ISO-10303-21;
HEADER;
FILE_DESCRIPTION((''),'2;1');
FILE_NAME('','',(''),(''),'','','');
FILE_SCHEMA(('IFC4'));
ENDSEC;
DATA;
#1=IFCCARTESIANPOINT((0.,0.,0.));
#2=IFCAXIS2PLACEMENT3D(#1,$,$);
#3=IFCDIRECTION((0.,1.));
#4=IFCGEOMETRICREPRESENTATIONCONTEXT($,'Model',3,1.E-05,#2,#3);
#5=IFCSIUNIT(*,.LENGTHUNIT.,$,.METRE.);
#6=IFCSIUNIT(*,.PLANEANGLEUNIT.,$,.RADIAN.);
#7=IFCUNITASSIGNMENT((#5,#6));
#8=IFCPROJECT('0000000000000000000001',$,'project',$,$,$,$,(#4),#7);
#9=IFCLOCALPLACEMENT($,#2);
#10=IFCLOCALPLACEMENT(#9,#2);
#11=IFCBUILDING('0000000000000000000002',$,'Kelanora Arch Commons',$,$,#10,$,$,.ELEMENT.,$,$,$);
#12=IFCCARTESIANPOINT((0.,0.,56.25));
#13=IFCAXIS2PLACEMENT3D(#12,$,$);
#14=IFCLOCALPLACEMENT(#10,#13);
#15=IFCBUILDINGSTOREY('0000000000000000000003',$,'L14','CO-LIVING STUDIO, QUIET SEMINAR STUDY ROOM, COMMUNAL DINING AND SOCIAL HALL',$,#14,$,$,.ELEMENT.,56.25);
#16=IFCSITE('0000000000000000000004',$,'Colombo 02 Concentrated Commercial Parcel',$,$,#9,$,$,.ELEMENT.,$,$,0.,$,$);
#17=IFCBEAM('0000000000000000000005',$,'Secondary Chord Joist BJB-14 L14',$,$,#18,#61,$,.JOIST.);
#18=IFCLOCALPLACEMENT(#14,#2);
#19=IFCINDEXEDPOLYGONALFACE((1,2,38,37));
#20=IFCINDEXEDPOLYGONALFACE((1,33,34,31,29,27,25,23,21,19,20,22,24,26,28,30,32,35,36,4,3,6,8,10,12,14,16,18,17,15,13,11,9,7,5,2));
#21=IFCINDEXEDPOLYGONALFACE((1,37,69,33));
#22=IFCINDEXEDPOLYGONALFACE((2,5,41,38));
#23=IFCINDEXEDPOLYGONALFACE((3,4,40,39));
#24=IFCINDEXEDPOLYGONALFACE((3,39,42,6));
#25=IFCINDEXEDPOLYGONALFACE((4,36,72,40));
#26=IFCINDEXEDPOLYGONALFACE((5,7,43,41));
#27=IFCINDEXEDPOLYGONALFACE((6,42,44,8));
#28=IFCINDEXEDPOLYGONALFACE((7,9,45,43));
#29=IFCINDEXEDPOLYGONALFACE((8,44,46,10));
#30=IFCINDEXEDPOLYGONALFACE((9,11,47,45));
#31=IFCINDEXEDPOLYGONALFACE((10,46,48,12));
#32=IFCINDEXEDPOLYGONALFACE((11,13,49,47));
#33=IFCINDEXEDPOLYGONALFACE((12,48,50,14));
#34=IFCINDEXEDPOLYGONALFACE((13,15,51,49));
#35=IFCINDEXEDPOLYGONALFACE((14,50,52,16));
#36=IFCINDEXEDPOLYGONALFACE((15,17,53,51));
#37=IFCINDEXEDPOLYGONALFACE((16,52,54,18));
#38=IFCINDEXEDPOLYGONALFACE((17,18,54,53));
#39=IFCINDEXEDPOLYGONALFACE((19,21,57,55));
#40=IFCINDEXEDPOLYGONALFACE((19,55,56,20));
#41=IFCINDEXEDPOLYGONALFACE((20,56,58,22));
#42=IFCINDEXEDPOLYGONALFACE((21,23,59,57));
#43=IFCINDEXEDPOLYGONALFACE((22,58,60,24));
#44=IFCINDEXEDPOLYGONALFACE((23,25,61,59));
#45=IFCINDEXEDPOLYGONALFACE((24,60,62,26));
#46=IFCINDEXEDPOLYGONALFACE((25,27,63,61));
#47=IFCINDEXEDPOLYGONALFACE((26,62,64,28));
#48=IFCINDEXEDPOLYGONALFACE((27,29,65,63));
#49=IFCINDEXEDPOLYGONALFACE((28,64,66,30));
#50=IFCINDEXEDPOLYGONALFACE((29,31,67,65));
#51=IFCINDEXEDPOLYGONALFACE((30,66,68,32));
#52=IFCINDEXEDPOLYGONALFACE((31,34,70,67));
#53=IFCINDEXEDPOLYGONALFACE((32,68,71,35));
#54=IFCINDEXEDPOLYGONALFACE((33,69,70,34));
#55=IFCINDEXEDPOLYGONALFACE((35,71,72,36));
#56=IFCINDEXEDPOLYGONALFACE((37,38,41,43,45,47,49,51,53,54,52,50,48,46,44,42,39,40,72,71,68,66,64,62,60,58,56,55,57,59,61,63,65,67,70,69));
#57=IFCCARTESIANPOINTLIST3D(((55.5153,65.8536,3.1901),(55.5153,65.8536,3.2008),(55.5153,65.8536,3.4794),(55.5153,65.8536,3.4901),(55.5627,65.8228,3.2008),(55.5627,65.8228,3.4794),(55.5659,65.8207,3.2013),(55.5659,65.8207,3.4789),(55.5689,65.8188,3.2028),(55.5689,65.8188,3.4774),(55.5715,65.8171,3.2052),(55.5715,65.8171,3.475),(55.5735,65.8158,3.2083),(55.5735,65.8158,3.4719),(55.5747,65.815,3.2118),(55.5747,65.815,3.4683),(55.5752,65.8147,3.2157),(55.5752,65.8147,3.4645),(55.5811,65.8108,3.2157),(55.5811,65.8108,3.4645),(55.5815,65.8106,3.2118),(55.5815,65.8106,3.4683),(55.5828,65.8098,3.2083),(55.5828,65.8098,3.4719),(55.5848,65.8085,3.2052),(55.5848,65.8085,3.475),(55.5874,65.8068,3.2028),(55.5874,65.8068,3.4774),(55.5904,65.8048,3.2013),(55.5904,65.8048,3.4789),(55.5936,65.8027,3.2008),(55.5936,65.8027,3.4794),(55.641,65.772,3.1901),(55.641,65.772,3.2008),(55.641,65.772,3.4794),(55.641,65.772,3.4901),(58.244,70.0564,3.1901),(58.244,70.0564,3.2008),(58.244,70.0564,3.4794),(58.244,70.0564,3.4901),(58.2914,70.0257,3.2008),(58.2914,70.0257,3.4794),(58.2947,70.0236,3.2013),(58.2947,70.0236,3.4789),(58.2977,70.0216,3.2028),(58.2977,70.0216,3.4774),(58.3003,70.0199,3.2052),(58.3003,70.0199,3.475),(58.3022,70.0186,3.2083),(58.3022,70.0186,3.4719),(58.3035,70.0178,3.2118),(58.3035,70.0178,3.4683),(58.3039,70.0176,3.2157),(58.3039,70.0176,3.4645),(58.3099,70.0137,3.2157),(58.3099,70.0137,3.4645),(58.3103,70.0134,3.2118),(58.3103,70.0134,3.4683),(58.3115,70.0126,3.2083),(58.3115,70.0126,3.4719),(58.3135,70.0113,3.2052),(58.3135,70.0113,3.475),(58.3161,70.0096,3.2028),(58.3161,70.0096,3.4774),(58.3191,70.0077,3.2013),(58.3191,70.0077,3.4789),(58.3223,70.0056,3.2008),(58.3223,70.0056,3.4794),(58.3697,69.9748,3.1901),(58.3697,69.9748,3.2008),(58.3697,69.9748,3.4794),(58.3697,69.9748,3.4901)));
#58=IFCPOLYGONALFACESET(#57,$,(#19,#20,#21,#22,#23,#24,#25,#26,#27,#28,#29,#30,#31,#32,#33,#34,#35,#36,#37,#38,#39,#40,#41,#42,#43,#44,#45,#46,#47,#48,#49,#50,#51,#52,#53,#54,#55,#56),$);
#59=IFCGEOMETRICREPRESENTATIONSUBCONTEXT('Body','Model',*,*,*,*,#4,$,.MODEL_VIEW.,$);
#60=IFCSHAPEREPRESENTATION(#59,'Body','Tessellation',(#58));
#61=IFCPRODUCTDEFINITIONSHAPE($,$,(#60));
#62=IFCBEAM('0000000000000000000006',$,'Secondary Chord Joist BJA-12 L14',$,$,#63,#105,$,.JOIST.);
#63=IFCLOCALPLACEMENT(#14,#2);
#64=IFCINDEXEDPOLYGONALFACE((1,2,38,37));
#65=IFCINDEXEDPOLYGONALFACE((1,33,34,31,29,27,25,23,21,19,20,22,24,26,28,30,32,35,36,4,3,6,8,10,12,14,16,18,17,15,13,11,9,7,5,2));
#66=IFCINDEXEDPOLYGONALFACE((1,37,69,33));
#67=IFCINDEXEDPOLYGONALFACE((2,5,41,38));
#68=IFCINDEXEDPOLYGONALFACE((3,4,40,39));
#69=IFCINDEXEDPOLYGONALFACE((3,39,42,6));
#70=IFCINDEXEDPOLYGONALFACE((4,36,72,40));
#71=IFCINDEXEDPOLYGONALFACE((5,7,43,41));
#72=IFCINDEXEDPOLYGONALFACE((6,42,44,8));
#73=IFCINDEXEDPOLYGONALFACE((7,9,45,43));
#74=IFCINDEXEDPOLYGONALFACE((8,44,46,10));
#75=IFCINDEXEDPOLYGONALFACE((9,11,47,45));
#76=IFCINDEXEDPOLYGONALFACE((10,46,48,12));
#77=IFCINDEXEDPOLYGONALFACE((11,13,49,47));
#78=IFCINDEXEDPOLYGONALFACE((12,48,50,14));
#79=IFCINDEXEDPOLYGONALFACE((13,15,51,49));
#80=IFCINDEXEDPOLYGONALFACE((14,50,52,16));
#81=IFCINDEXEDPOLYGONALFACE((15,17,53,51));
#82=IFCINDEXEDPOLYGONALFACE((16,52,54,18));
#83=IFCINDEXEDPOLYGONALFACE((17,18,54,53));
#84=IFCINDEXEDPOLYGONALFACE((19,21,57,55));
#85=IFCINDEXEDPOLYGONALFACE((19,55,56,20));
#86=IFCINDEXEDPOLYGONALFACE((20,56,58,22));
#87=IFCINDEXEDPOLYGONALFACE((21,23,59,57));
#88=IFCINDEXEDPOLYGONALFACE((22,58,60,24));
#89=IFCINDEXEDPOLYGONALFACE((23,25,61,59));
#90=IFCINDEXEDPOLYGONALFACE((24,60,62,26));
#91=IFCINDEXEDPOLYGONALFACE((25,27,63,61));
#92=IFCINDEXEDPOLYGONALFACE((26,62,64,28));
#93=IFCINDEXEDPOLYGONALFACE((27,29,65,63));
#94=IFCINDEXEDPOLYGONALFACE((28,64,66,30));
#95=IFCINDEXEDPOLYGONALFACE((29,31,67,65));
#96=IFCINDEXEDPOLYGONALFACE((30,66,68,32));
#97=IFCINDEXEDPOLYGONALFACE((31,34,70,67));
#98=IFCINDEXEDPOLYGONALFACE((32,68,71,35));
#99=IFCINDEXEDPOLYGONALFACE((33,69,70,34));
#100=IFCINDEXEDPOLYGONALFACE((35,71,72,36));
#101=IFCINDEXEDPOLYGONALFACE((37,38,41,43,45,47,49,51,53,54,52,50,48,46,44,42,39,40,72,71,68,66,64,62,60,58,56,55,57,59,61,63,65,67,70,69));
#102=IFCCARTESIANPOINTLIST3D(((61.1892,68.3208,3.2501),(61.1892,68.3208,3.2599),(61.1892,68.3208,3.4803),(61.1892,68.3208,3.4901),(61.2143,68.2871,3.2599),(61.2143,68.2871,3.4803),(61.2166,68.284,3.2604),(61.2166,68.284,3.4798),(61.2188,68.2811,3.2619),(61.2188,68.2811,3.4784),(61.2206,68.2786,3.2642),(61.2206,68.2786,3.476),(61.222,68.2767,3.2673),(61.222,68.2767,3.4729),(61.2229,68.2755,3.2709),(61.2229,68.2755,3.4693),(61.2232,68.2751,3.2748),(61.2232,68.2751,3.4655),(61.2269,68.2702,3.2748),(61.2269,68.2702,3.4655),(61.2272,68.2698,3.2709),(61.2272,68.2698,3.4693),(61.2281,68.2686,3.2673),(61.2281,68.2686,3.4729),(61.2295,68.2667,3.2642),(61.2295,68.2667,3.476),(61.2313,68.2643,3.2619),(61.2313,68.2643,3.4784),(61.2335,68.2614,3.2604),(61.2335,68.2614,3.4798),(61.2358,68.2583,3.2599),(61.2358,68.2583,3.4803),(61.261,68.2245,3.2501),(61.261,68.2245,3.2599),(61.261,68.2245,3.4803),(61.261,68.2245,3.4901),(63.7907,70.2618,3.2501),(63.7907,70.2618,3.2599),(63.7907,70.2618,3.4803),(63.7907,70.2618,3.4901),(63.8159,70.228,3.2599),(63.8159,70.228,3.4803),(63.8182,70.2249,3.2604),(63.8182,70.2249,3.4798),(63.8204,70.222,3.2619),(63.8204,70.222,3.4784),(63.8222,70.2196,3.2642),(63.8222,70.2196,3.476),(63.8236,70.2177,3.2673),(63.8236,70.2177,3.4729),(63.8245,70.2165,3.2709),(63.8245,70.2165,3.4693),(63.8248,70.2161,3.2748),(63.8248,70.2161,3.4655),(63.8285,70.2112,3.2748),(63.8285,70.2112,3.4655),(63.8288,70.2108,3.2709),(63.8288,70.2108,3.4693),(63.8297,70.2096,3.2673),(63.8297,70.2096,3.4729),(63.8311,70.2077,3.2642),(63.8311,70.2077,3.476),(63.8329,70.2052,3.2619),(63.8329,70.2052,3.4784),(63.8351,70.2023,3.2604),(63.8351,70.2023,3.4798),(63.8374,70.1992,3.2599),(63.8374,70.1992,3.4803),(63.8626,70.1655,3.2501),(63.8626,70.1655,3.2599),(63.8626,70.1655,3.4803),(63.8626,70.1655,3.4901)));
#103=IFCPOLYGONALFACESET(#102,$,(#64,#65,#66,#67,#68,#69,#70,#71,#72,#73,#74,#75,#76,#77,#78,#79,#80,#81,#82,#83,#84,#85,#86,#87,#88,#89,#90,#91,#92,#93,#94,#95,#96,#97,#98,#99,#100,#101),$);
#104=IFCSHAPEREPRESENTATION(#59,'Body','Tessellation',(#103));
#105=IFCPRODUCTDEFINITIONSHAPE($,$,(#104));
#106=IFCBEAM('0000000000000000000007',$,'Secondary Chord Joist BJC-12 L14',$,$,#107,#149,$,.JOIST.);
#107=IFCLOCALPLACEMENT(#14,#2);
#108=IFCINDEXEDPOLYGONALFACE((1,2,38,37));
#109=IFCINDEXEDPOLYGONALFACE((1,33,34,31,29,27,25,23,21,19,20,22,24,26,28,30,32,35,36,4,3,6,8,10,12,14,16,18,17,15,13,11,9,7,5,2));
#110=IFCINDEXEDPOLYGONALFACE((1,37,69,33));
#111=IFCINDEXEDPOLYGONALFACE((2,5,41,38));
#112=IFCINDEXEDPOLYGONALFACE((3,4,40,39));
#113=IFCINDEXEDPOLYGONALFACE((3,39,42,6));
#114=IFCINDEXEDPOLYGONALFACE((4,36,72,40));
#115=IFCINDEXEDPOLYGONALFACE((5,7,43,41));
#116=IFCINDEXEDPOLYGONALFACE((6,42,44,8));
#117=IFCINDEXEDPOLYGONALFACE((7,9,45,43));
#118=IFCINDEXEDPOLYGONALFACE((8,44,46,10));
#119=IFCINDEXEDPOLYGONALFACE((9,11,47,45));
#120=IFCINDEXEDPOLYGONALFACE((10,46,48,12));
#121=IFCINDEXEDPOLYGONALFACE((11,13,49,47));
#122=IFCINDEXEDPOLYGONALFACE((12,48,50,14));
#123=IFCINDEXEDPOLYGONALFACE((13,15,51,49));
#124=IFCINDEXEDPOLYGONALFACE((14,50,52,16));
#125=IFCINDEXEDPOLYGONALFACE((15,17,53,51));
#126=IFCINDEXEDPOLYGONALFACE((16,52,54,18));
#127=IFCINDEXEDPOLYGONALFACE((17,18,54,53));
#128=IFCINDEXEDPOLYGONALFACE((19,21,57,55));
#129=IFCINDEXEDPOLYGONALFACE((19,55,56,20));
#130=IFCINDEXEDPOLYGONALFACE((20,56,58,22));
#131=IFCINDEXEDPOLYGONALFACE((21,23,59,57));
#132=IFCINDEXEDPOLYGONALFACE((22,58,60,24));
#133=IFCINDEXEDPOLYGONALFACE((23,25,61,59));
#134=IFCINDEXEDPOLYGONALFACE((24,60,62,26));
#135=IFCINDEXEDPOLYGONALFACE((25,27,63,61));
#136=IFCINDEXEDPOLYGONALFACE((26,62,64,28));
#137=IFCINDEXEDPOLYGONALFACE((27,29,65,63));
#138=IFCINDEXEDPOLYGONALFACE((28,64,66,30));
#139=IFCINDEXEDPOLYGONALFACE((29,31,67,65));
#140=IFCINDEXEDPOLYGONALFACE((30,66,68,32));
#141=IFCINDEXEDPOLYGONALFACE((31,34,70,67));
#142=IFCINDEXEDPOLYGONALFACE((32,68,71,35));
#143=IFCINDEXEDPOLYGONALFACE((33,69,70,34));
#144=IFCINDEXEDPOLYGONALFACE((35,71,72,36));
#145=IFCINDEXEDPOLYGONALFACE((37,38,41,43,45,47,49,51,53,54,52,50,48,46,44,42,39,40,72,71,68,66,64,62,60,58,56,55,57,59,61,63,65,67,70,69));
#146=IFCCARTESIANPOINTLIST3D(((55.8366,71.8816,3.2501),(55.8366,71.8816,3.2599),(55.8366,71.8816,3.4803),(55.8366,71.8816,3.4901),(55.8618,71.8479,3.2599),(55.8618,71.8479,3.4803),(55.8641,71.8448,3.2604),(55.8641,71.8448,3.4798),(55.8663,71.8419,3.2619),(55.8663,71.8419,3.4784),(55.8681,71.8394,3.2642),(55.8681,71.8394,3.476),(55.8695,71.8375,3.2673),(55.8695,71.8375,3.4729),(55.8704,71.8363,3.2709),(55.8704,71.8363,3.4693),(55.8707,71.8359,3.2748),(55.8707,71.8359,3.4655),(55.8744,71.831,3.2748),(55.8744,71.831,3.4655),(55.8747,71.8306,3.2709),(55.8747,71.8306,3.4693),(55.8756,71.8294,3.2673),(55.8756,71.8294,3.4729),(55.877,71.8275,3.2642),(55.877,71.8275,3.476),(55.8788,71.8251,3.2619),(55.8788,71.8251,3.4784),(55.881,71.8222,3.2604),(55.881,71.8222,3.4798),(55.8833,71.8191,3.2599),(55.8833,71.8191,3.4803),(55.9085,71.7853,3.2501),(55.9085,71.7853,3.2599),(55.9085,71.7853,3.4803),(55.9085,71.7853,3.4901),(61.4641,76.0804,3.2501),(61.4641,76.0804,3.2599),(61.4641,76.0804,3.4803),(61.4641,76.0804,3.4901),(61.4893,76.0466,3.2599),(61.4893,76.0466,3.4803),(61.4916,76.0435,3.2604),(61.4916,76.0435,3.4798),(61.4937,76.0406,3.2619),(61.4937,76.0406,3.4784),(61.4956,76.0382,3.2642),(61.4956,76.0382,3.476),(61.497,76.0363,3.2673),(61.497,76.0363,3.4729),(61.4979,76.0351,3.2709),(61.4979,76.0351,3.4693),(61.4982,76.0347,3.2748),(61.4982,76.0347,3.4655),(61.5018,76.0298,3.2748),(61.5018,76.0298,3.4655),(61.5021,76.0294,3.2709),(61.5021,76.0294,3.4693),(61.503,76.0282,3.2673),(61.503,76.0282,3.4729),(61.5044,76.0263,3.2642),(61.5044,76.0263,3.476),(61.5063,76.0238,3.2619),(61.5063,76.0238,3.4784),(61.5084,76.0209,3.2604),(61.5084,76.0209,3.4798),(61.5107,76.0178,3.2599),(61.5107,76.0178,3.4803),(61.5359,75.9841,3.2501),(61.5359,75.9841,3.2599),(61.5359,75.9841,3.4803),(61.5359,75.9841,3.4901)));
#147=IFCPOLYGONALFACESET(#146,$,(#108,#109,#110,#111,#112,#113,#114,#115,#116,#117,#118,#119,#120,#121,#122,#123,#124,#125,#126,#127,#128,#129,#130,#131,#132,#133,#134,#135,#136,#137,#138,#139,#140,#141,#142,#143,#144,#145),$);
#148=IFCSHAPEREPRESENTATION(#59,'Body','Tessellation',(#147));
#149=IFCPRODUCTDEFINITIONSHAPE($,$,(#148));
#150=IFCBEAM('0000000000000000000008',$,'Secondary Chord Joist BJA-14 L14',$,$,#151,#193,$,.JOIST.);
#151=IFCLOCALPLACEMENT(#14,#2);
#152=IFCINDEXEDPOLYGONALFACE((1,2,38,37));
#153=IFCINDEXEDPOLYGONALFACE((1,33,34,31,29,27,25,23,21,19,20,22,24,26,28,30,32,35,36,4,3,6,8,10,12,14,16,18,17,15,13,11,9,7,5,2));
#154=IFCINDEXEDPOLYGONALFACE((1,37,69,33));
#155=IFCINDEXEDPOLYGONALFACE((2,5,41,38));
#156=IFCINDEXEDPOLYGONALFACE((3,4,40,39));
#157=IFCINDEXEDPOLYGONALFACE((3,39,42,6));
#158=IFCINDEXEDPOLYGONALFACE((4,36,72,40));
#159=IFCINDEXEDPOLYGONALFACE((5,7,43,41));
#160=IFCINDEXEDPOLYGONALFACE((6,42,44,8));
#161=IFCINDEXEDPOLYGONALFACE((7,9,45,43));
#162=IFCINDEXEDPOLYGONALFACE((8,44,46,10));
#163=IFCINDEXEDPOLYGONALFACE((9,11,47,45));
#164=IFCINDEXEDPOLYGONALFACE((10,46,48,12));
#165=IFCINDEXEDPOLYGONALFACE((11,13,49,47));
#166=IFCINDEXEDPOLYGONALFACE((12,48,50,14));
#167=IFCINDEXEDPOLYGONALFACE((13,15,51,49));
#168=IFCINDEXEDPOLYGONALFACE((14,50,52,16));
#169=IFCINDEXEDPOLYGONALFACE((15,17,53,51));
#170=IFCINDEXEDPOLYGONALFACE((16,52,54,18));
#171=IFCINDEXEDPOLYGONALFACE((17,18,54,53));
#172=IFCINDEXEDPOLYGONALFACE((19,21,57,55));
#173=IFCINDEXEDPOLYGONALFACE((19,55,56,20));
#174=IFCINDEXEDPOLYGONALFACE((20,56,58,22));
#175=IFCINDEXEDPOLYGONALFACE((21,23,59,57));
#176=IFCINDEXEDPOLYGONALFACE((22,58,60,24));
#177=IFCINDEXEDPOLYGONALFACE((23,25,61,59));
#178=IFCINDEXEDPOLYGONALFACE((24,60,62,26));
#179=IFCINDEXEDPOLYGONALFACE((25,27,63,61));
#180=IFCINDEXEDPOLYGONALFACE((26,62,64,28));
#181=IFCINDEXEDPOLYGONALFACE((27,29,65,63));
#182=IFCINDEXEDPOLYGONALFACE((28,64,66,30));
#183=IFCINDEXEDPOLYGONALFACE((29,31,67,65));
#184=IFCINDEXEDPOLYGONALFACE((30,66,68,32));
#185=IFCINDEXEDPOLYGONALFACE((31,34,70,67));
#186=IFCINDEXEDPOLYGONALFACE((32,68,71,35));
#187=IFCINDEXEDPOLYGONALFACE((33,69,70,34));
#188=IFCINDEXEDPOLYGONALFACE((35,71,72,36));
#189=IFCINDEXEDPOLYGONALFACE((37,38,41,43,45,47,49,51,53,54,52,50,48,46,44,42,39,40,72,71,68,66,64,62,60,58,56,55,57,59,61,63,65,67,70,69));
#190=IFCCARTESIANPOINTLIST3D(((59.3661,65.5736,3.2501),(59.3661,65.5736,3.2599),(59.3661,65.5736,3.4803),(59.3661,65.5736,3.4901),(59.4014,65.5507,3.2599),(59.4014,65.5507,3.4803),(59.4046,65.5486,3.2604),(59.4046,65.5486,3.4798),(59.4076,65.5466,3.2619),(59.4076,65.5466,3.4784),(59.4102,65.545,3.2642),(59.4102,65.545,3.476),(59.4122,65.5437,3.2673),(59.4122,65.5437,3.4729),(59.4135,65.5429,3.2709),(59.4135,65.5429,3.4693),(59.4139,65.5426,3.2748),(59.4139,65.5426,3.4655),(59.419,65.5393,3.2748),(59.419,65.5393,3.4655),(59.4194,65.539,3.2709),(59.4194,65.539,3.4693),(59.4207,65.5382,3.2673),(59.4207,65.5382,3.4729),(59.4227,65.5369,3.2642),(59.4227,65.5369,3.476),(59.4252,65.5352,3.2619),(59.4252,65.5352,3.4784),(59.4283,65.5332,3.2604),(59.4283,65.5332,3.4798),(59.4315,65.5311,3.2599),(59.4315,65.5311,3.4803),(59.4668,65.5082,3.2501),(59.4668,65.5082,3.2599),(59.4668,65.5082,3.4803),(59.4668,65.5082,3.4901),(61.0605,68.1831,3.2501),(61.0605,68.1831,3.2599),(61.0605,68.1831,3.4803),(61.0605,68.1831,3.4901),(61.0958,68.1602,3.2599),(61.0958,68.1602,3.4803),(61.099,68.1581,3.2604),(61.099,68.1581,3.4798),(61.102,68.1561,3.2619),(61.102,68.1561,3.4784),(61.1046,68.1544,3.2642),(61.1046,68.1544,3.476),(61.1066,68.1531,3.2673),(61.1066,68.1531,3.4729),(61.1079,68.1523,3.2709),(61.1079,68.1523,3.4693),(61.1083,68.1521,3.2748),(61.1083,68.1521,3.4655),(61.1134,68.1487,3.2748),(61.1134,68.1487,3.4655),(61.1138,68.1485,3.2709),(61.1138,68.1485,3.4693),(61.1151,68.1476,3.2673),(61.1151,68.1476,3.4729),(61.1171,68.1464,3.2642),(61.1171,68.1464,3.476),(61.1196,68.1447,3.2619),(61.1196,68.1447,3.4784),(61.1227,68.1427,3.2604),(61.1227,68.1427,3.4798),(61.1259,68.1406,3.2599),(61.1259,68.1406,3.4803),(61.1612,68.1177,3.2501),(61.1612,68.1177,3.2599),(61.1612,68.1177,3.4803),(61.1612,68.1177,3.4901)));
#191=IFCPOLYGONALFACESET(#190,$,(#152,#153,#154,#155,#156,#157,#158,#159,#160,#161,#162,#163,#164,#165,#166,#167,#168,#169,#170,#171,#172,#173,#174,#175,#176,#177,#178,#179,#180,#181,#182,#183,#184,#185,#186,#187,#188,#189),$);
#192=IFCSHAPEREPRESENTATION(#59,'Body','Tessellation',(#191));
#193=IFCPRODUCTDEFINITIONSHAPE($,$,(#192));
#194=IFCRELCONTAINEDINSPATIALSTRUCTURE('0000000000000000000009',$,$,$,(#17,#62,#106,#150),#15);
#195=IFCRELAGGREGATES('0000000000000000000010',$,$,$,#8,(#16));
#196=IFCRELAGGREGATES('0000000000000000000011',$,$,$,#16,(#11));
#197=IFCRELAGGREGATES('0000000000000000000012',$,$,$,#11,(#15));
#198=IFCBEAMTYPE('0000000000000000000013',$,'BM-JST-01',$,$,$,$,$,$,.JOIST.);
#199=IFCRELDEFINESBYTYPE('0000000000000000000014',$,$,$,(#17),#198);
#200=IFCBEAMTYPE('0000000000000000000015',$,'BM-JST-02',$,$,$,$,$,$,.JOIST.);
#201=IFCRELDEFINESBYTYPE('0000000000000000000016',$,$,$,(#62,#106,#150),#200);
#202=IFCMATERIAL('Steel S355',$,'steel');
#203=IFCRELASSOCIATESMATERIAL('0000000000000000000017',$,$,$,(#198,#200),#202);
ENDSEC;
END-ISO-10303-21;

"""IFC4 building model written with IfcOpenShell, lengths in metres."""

from ifc_helpers import new_model, si_unit, direction, frame, origin, origin_2d, place, context, subcontext, project, spatial, i_section, extrude, material, material_profile, profile_set, type_object, element, save


model = new_model("IFC4")

# Units and contexts
model_context = context("Model", 3, precision=1e-05, world=origin(), true_north=direction((0.0, 1.0)))
body_context = subcontext(model_context, "Body", "Model", "MODEL_VIEW")
ifc_project = project(units=[si_unit("LENGTHUNIT", "METRE"), si_unit("PLANEANGLEUNIT", "RADIAN")], contexts=[model_context])

# Site, building, storey
site_placement = place(None, origin())
site = spatial("IfcSite", under=ifc_project, at=site_placement, Name="Colombo 02 Concentrated Commercial Parcel", CompositionType="ELEMENT", RefElevation=0.0)
building_placement = place(site_placement, origin())
building = spatial("IfcBuilding", under=site, at=building_placement, Name="Kelanora Arch Commons", CompositionType="ELEMENT")
storey_placement = place(building_placement, frame((0.0, 0.0, 56.25)))
storey = spatial("IfcBuildingStorey", under=building, at=storey_placement, Name="L14", Description="CO-LIVING STUDIO, QUIET SEMINAR STUDY ROOM, COMMUNAL DINING AND SOCIAL HALL", CompositionType="ELEMENT", Elevation=56.25)

# Beams
ifc_material_1 = material(Name="Steel S355", Category="steel")
ifc_material_profile_1 = material_profile(ifc_material_1, i_section(OverallWidth=0.1499, OverallDepth=0.3, WebThickness=0.0071, FlangeThickness=0.0107, FilletRadius=0.0149, at=origin_2d()), Name="IPE300")
ifc_profile_set_1 = profile_set([ifc_material_profile_1], Name="Steel S355")
beam_type_1 = type_object("IfcBeamType", Name="BM-JST-01", PredefinedType="JOIST", material=ifc_profile_set_1)
beam_1_placement = place(storey_placement, frame((58.3069, 70.0156, 3.3401), z_axis=(-0.544552, -0.838727, 0.0), x_axis=(0.838727, -0.544552, 0.0)))
element("IfcBeam", 1, at=beam_1_placement, inside=storey, type_object=beam_type_1, Name="Secondary Chord Joist BJB-14 L14", PredefinedType="JOIST", context=body_context, shape_type="SweptSolid", body=[
    extrude(i_section(OverallWidth=0.1499, OverallDepth=0.3, WebThickness=0.0071, FlangeThickness=0.0107, FilletRadius=0.0149, at=origin_2d()), origin(), (0.0, 0.0, 1.0), 5.011),
])
ifc_material_profile_2 = material_profile(ifc_material_1, i_section(OverallWidth=0.1201, OverallDepth=0.24, WebThickness=0.0061, FlangeThickness=0.0098, FilletRadius=0.0149, at=origin_2d()), Name="IPE240")
ifc_profile_set_2 = profile_set([ifc_material_profile_2], Name="Steel S355")
beam_type_2 = type_object("IfcBeamType", Name="BM-JST-02", PredefinedType="JOIST", material=ifc_profile_set_2)
beam_2_placement = place(storey_placement, frame((63.8267, 70.2136, 3.3701), z_axis=(-0.801514, -0.597976, 0.0), x_axis=(0.597976, -0.801514, 0.0)))
element("IfcBeam", 2, at=beam_2_placement, inside=storey, type_object=beam_type_2, Name="Secondary Chord Joist BJA-12 L14", PredefinedType="JOIST", context=body_context, shape_type="SweptSolid", body=[
    extrude(i_section(OverallWidth=0.1201, OverallDepth=0.24, WebThickness=0.0061, FlangeThickness=0.0098, FilletRadius=0.0149, at=origin_2d()), origin(), (0.0, 0.0, 1.0), 3.2458),
])
beam_3_placement = place(storey_placement, frame((61.5, 76.0322, 3.3701), z_axis=(-0.801491, -0.598006, 0.0), x_axis=(0.598006, -0.801491, 0.0)))
element("IfcBeam", 3, at=beam_3_placement, inside=storey, type_object=beam_type_2, Name="Secondary Chord Joist BJC-12 L14", PredefinedType="JOIST", context=body_context, shape_type="SweptSolid", body=[
    extrude(i_section(OverallWidth=0.1201, OverallDepth=0.24, WebThickness=0.0061, FlangeThickness=0.0098, FilletRadius=0.0149, at=origin_2d()), origin(), (0.0, 0.0, 1.0), 7.0212),
])
beam_4_placement = place(storey_placement, frame((61.1108, 68.1504, 3.3701), z_axis=(-0.544591, -0.838702, 0.0), x_axis=(0.838702, -0.544591, 0.0)))
element("IfcBeam", 4, at=beam_4_placement, inside=storey, type_object=beam_type_2, Name="Secondary Chord Joist BJA-14 L14", PredefinedType="JOIST", context=body_context, shape_type="SweptSolid", body=[
    extrude(i_section(OverallWidth=0.1201, OverallDepth=0.24, WebThickness=0.0061, FlangeThickness=0.0098, FilletRadius=0.0149, at=origin_2d()), origin(), (0.0, 0.0, 1.0), 3.1113),
])

save(model, "model.ifc")
